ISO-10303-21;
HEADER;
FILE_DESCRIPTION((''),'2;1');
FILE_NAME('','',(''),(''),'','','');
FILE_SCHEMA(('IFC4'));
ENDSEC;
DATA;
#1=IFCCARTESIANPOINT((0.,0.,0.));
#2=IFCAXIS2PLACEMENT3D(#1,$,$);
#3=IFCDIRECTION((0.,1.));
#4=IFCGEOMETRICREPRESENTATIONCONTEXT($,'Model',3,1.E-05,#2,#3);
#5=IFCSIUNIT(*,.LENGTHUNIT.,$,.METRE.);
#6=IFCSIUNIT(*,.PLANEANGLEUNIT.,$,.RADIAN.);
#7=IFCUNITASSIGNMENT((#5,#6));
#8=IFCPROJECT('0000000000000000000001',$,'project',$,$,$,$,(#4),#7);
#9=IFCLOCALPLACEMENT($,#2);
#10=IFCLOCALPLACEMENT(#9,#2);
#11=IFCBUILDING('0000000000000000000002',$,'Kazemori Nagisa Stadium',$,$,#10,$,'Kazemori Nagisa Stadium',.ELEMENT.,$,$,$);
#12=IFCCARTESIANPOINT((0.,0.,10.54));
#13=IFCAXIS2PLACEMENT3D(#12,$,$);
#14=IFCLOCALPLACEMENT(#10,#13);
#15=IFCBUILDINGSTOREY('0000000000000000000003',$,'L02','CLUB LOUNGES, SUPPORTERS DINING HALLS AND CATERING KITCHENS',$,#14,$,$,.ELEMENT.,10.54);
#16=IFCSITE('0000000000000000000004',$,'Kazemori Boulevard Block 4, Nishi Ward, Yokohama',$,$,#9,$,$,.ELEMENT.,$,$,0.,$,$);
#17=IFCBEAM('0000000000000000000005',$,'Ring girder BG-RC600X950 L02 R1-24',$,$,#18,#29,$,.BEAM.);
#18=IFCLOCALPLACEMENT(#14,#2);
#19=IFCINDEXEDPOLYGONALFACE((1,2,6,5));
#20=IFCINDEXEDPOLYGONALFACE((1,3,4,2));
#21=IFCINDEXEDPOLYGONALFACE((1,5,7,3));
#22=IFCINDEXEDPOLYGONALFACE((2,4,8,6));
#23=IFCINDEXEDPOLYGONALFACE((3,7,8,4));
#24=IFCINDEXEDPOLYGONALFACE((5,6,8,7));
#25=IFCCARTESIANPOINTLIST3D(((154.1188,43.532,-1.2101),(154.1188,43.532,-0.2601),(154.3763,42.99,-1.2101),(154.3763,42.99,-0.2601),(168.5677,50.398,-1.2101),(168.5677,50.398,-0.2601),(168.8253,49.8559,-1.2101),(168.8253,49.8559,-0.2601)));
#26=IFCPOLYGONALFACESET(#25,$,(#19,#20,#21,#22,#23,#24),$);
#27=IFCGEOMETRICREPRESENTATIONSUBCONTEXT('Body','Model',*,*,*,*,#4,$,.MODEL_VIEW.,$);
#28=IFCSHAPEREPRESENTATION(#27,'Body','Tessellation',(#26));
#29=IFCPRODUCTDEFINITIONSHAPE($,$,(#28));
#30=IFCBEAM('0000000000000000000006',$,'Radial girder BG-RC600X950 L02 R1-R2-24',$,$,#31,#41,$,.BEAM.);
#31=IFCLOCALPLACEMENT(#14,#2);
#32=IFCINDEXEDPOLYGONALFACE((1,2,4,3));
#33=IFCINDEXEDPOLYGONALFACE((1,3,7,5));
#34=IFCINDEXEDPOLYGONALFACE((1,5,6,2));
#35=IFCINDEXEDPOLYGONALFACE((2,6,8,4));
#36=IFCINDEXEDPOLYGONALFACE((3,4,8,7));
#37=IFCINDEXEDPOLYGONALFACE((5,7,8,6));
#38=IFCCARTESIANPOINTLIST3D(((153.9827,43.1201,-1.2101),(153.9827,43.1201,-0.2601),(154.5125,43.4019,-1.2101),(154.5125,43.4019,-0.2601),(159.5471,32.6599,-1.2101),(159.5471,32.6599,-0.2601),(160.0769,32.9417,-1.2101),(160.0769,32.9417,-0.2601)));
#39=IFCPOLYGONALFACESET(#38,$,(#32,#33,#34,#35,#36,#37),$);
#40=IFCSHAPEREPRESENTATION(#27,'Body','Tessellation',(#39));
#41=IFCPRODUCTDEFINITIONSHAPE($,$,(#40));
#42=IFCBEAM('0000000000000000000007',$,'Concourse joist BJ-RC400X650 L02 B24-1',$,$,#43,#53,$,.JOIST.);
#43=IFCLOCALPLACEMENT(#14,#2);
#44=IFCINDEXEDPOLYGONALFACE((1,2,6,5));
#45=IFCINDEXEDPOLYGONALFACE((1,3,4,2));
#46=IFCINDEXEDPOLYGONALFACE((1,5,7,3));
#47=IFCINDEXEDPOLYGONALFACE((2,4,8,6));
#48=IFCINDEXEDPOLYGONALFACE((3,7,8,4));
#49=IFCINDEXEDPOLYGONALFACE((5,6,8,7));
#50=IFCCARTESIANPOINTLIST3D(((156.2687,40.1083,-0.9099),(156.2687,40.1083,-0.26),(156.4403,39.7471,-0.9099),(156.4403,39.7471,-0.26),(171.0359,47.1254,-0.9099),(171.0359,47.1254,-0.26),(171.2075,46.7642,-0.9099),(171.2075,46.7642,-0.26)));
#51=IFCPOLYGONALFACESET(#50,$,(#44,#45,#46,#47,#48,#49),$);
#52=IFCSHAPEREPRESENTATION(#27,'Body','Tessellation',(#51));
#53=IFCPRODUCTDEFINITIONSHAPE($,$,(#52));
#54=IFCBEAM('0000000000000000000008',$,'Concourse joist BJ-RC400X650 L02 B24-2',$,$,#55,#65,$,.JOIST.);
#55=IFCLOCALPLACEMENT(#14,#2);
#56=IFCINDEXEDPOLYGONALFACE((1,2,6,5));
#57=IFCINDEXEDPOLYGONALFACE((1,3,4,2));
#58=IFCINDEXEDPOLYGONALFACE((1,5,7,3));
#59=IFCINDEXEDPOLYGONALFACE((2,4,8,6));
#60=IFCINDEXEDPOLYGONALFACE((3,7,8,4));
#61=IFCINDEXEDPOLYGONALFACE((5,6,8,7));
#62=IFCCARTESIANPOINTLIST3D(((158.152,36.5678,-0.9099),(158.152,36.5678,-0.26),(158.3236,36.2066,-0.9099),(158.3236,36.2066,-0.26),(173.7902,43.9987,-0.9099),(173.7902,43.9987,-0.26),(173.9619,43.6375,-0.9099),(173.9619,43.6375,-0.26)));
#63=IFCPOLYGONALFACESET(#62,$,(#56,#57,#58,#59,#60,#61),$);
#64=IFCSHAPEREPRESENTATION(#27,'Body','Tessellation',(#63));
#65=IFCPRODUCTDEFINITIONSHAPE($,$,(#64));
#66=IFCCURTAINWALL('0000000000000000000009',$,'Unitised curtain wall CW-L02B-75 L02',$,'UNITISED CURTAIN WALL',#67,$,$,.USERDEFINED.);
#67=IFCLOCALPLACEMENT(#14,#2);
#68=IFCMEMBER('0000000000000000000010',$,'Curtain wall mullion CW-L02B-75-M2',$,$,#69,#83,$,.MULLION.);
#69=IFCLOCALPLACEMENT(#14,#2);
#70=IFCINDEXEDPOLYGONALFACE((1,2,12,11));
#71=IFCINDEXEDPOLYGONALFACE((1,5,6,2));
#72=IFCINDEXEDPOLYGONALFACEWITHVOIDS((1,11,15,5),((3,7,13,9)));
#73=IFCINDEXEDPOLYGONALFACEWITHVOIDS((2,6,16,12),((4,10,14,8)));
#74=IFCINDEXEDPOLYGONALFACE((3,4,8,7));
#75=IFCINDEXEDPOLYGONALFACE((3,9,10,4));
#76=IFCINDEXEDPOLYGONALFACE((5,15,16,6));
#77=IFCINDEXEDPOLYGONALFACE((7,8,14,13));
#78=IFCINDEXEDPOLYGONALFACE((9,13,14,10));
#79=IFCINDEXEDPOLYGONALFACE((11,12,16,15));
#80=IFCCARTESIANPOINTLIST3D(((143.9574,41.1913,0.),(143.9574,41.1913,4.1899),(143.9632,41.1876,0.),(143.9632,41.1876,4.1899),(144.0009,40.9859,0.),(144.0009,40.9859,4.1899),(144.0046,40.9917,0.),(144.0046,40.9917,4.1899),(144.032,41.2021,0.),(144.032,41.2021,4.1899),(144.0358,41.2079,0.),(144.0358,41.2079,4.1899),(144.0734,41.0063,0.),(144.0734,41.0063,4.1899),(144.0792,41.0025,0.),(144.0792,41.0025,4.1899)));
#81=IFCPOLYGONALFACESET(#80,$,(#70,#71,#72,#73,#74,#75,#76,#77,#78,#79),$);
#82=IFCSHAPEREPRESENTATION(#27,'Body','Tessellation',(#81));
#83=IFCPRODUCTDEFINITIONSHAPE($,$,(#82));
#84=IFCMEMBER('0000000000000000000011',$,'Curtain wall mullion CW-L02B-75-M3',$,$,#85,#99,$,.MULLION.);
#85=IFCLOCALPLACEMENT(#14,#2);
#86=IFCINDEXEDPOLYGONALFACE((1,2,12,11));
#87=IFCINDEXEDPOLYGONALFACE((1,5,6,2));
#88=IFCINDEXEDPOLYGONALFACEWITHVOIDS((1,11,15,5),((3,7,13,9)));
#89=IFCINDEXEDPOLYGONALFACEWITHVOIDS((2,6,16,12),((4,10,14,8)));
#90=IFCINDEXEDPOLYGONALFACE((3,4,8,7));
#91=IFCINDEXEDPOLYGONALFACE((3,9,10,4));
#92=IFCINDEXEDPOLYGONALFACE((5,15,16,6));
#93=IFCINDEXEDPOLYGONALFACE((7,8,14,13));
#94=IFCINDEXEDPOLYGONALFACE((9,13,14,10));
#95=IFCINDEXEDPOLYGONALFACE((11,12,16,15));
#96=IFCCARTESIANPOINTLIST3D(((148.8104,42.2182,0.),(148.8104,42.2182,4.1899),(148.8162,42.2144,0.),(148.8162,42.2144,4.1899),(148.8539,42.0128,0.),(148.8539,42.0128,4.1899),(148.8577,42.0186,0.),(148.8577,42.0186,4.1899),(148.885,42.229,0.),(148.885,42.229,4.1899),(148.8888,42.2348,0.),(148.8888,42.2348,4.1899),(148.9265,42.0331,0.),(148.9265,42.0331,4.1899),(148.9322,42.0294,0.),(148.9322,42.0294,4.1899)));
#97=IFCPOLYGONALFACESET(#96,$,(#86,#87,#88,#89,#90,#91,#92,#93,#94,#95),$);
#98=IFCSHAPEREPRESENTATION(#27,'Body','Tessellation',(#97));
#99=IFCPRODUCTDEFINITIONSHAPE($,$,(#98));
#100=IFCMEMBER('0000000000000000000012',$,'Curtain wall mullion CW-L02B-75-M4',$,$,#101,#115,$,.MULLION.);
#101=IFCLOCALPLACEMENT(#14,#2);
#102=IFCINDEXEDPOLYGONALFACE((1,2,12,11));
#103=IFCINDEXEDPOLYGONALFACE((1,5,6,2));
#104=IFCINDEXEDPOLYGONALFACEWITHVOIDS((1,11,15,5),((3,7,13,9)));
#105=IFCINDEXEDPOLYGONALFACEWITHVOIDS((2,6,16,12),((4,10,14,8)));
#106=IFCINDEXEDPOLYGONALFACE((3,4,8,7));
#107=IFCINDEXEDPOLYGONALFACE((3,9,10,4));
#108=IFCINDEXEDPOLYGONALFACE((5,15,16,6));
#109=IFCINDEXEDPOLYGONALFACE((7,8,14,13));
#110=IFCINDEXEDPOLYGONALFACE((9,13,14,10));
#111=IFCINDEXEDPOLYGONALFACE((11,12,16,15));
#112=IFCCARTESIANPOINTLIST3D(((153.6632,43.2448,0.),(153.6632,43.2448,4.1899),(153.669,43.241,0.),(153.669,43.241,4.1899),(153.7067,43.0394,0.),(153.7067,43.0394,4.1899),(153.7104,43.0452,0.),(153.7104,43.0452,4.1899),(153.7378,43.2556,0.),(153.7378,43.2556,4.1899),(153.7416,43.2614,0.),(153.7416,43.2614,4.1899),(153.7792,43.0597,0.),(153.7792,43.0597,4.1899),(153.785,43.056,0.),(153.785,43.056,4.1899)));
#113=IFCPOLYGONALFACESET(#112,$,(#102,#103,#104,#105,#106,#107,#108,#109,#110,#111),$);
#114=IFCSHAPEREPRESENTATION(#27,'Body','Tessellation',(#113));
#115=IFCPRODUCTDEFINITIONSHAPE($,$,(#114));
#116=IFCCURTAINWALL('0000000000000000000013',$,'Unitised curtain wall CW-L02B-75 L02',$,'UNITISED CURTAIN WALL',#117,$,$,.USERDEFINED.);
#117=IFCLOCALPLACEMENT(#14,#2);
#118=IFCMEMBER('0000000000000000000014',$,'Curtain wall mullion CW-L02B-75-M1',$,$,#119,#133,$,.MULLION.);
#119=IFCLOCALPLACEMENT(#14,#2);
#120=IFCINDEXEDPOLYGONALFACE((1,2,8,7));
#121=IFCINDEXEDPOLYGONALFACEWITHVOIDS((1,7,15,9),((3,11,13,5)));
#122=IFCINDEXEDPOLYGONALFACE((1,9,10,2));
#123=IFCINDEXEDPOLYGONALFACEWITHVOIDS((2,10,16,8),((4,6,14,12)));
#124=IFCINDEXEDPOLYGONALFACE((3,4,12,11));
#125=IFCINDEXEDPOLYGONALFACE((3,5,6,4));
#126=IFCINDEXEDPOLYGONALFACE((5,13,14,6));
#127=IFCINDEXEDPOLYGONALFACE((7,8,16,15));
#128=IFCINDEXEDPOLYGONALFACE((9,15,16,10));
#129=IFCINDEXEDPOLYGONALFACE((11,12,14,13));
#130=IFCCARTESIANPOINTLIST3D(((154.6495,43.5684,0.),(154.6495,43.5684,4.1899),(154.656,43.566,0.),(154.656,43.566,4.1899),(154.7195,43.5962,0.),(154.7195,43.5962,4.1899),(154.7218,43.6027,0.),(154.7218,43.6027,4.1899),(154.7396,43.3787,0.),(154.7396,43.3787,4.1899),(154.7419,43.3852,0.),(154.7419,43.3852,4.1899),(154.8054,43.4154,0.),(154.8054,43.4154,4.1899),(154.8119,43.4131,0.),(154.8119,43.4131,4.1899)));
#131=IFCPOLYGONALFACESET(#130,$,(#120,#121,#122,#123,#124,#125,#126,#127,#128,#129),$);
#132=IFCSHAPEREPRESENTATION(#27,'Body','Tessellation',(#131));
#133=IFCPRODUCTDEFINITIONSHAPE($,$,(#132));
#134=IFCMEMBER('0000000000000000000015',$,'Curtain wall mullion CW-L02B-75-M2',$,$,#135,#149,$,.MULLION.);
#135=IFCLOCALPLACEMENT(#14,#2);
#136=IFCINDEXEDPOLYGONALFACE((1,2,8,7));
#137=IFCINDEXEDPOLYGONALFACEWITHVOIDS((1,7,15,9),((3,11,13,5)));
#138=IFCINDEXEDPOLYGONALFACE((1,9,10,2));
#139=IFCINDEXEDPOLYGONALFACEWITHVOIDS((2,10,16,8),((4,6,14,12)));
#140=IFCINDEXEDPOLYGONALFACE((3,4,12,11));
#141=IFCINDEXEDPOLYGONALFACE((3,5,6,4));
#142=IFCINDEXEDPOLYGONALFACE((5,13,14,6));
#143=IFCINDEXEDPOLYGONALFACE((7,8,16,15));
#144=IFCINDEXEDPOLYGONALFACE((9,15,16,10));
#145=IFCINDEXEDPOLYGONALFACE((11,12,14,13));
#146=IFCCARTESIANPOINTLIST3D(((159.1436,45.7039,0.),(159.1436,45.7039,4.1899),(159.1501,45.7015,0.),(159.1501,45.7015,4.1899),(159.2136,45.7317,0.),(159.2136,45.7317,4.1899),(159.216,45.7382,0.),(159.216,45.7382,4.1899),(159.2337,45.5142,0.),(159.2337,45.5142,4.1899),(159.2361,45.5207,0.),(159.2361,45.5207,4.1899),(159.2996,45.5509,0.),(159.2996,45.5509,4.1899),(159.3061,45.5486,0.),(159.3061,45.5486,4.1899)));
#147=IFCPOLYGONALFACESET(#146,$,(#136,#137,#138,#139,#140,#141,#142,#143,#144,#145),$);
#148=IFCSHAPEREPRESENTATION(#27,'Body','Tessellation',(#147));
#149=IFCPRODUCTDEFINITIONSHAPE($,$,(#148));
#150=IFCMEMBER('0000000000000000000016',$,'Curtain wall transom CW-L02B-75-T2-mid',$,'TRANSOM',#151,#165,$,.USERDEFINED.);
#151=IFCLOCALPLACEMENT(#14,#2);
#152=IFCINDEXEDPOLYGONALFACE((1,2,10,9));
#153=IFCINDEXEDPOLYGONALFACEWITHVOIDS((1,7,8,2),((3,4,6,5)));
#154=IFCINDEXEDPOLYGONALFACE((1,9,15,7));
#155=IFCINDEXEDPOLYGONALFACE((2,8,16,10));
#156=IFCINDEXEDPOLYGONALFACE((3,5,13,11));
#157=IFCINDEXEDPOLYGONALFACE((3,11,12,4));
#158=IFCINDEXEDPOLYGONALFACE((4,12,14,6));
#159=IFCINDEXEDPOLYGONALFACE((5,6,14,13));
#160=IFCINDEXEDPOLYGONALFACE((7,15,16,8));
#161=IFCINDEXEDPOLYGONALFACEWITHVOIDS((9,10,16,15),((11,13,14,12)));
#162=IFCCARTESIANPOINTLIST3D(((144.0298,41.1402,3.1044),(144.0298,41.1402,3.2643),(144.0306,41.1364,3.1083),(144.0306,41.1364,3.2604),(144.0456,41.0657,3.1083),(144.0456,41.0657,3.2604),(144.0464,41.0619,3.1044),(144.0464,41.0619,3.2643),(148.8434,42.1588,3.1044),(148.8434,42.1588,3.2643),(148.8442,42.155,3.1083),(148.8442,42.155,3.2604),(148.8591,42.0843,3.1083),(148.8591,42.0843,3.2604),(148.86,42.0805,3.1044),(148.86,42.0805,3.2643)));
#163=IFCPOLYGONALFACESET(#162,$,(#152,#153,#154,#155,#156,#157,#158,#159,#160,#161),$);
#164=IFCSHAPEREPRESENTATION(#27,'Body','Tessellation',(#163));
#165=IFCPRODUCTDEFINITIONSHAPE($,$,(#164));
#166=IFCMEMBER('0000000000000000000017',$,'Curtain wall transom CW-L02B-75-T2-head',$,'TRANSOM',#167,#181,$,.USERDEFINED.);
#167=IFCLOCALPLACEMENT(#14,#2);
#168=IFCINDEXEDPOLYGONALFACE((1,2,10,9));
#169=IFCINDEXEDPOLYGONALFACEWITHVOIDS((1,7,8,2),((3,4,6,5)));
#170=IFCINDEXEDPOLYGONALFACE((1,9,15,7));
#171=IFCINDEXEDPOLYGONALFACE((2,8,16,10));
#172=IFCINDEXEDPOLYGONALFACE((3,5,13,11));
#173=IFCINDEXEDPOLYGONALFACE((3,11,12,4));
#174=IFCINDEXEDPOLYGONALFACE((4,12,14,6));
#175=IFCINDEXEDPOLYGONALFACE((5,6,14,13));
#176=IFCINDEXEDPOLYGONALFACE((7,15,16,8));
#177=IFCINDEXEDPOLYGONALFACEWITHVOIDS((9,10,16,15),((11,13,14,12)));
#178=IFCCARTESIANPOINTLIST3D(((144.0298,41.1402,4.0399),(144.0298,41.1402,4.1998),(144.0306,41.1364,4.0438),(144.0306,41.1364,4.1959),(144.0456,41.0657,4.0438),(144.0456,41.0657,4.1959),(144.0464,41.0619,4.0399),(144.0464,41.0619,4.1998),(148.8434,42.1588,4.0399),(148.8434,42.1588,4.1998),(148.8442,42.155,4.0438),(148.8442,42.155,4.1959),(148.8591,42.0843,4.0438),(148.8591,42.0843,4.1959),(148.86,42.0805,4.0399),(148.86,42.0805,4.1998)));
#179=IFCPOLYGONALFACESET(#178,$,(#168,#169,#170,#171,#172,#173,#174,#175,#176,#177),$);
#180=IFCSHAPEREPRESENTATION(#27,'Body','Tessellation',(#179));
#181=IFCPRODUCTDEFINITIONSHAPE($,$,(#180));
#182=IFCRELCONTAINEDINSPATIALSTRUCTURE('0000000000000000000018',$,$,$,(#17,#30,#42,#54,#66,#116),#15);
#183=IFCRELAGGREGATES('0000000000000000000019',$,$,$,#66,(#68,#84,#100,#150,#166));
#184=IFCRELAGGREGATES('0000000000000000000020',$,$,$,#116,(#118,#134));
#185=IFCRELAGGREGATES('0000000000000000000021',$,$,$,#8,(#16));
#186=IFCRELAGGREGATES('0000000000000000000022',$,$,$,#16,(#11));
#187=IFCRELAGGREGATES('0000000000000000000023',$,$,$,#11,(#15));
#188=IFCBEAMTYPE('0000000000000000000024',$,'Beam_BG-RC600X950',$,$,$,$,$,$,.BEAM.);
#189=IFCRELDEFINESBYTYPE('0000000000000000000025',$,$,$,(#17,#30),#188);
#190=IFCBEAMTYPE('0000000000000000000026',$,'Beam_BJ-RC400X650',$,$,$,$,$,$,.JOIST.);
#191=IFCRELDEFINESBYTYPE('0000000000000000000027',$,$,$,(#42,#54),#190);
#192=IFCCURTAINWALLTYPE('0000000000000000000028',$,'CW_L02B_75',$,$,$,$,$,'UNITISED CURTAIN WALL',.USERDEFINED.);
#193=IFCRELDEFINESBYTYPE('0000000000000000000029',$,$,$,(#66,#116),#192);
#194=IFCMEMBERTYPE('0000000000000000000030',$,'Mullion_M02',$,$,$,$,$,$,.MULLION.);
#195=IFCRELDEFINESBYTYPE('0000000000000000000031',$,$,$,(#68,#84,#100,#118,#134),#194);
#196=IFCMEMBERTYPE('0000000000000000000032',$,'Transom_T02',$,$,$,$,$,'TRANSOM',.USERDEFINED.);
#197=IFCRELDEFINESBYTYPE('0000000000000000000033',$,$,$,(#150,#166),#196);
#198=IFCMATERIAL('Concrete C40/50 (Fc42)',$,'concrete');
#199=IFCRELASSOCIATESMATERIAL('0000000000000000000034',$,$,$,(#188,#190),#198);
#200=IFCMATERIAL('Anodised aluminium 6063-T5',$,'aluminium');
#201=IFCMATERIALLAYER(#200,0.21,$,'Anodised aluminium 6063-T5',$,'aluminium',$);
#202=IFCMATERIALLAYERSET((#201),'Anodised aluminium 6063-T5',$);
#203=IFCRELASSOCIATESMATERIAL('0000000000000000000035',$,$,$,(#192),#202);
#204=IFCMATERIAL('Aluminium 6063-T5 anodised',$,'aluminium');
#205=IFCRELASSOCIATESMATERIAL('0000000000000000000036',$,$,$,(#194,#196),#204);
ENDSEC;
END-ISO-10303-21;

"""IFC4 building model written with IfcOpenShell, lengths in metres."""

from ifc_helpers import new_model, si_unit, direction, frame, origin, origin_2d, place, context, subcontext, project, spatial, rectangle, hollow_rectangle, extrude, material, layer, layer_set, material_profile, profile_set, type_object, element, aggregate, save


model = new_model("IFC4")

# Units and contexts
model_context = context("Model", 3, precision=1e-05, world=origin(), true_north=direction((0.0, 1.0)))
body_context = subcontext(model_context, "Body", "Model", "MODEL_VIEW")
ifc_project = project(units=[si_unit("LENGTHUNIT", "METRE"), si_unit("PLANEANGLEUNIT", "RADIAN")], contexts=[model_context])

# Site, building, storey
site_placement = place(None, origin())
site = spatial("IfcSite", under=ifc_project, at=site_placement, Name="Kazemori Boulevard Block 4, Nishi Ward, Yokohama", CompositionType="ELEMENT", RefElevation=0.0)
building_placement = place(site_placement, origin())
building = spatial("IfcBuilding", under=site, at=building_placement, Name="Kazemori Nagisa Stadium", LongName="Kazemori Nagisa Stadium", CompositionType="ELEMENT")
storey_placement = place(building_placement, frame((0.0, 0.0, 10.54)))
storey = spatial("IfcBuildingStorey", under=building, at=storey_placement, Name="L02", Description="CLUB LOUNGES, SUPPORTERS DINING HALLS AND CATERING KITCHENS", CompositionType="ELEMENT", Elevation=10.54)

# Shared definitions
ifc_material_1 = material(Name="Concrete C40/50 (Fc42)", Category="concrete")

# Beams
ifc_material_profile_1 = material_profile(ifc_material_1, rectangle(XDim=0.6001, YDim=0.95, at=origin_2d()), Name="RC-BM-600x950")
ifc_profile_set_1 = profile_set([ifc_material_profile_1], Name="Concrete C40/50 (Fc42)")
beam_type_1 = type_object("IfcBeamType", Name="Beam_BG-RC600X950", PredefinedType="BEAM", material=ifc_profile_set_1)
beam_1_placement = place(storey_placement, frame((154.2476, 43.261, -0.7351), z_axis=(0.903212, 0.429195, 0.0), x_axis=(-0.429195, 0.903212, 0.0)))
element("IfcBeam", 1, at=beam_1_placement, inside=storey, type_object=beam_type_1, Name="Ring girder BG-RC600X950 L02 R1-24", PredefinedType="BEAM", context=body_context, shape_type="SweptSolid", body=[
    extrude(rectangle(XDim=0.6001, YDim=0.95, at=origin_2d()), origin(), (0.0, 0.0, 1.0), 15.9973),
])
beam_2_placement = place(storey_placement, frame((154.2476, 43.261, -0.7351), z_axis=(0.469647, -0.882854, 0.0), x_axis=(0.882854, 0.469647, 0.0)))
element("IfcBeam", 2, at=beam_2_placement, inside=storey, type_object=beam_type_1, Name="Radial girder BG-RC600X950 L02 R1-R2-24", PredefinedType="BEAM", context=body_context, shape_type="SweptSolid", body=[
    extrude(rectangle(XDim=0.6001, YDim=0.95, at=origin_2d()), origin(), (0.0, 0.0, 1.0), 11.8481),
])
ifc_material_profile_2 = material_profile(ifc_material_1, rectangle(XDim=0.3999, YDim=0.6499, at=origin_2d()), Name="RC-BM-400x650")
ifc_profile_set_2 = profile_set([ifc_material_profile_2], Name="Concrete C40/50 (Fc42)")
beam_type_2 = type_object("IfcBeamType", Name="Beam_BJ-RC400X650", PredefinedType="JOIST", material=ifc_profile_set_2)
beam_3_placement = place(storey_placement, frame((156.3545, 39.9277, -0.585), z_axis=(0.903216, 0.429187, 0.0), x_axis=(-0.429187, 0.903216, 0.0)))
element("IfcBeam", 3, at=beam_3_placement, inside=storey, type_object=beam_type_2, Name="Concourse joist BJ-RC400X650 L02 B24-1", PredefinedType="JOIST", context=body_context, shape_type="SweptSolid", body=[
    extrude(rectangle(XDim=0.3999, YDim=0.6499, at=origin_2d()), origin(), (0.0, 0.0, 1.0), 16.3496),
])
beam_4_placement = place(storey_placement, frame((158.2378, 36.3872, -0.585), z_axis=(0.903215, 0.429187, 0.0), x_axis=(-0.429187, 0.903215, 0.0)))
element("IfcBeam", 4, at=beam_4_placement, inside=storey, type_object=beam_type_2, Name="Concourse joist BJ-RC400X650 L02 B24-2", PredefinedType="JOIST", context=body_context, shape_type="SweptSolid", body=[
    extrude(rectangle(XDim=0.3999, YDim=0.6499, at=origin_2d()), origin(), (0.0, 0.0, 1.0), 17.314),
])

# Curtain walls, members
ifc_material_2 = material(Name="Anodised aluminium 6063-T5", Category="aluminium")
ifc_layer_1 = layer(ifc_material_2, 0.21, Name="Anodised aluminium 6063-T5", Category="aluminium")
ifc_layer_set_1 = layer_set([ifc_layer_1], Name="Anodised aluminium 6063-T5")
curtain_wall_type = type_object("IfcCurtainWallType", Name="CW_L02B_75", ElementType="UNITISED CURTAIN WALL", PredefinedType="USERDEFINED", material=ifc_layer_set_1)
curtain_wall_1_placement = place(storey_placement, origin())
curtain_wall_1 = element("IfcCurtainWall", 5, at=curtain_wall_1_placement, inside=storey, type_object=curtain_wall_type, Name="Unitised curtain wall CW-L02B-75 L02", ObjectType="UNITISED CURTAIN WALL", PredefinedType="USERDEFINED")
ifc_material_3 = material(Name="Aluminium 6063-T5 anodised", Category="aluminium")
ifc_material_profile_3 = material_profile(ifc_material_3, hollow_rectangle(XDim=0.0801, YDim=0.21, WallThickness=0.0049, at=origin_2d()), Name="ALU-MULL-80x210x5")
ifc_profile_set_3 = profile_set([ifc_material_profile_3], Name="Aluminium 6063-T5 anodised")
member_type_1 = type_object("IfcMemberType", Name="Mullion_M02", PredefinedType="MULLION", material=ifc_profile_set_3)
member_1_placement = place(storey_placement, frame((144.0183, 41.0969, 0.0), z_axis=(0.0, 0.0, 1.0), x_axis=(0.978345, 0.206981, 0.0)))
member_1 = element("IfcMember", 6, at=member_1_placement, type_object=member_type_1, Name="Curtain wall mullion CW-L02B-75-M2", PredefinedType="MULLION", context=body_context, shape_type="SweptSolid", body=[
    extrude(hollow_rectangle(XDim=0.0801, YDim=0.21, WallThickness=0.0049, at=origin_2d()), origin(), (0.0, 0.0, 1.0), 4.1899),
])
member_2_placement = place(storey_placement, frame((148.8713, 42.1238, 0.0), z_axis=(0.0, 0.0, 1.0), x_axis=(0.978345, 0.206981, 0.0)))
member_2 = element("IfcMember", 7, at=member_2_placement, type_object=member_type_1, Name="Curtain wall mullion CW-L02B-75-M3", PredefinedType="MULLION", context=body_context, shape_type="SweptSolid", body=[
    extrude(hollow_rectangle(XDim=0.0801, YDim=0.21, WallThickness=0.0049, at=origin_2d()), origin(), (0.0, 0.0, 1.0), 4.1899),
])
member_3_placement = place(storey_placement, frame((153.7241, 43.1504, 0.0), z_axis=(0.0, 0.0, 1.0), x_axis=(0.978345, 0.206981, 0.0)))
member_3 = element("IfcMember", 8, at=member_3_placement, type_object=member_type_1, Name="Curtain wall mullion CW-L02B-75-M4", PredefinedType="MULLION", context=body_context, shape_type="SweptSolid", body=[
    extrude(hollow_rectangle(XDim=0.0801, YDim=0.21, WallThickness=0.0049, at=origin_2d()), origin(), (0.0, 0.0, 1.0), 4.1899),
])
curtain_wall_2_placement = place(storey_placement, origin())
curtain_wall_2 = element("IfcCurtainWall", 9, at=curtain_wall_2_placement, inside=storey, type_object=curtain_wall_type, Name="Unitised curtain wall CW-L02B-75 L02", ObjectType="UNITISED CURTAIN WALL", PredefinedType="USERDEFINED")
member_4_placement = place(storey_placement, frame((154.7307, 43.4907, 0.0), z_axis=(0.0, 0.0, 1.0), x_axis=(0.903216, 0.429186, 0.0)))
member_4 = element("IfcMember", 10, at=member_4_placement, type_object=member_type_1, Name="Curtain wall mullion CW-L02B-75-M1", PredefinedType="MULLION", context=body_context, shape_type="SweptSolid", body=[
    extrude(hollow_rectangle(XDim=0.0801, YDim=0.21, WallThickness=0.0049, at=origin_2d()), origin(), (0.0, 0.0, 1.0), 4.1899),
])
member_5_placement = place(storey_placement, frame((159.2249, 45.6262, 0.0), z_axis=(0.0, 0.0, 1.0), x_axis=(0.903216, 0.429186, 0.0)))
member_5 = element("IfcMember", 11, at=member_5_placement, type_object=member_type_1, Name="Curtain wall mullion CW-L02B-75-M2", PredefinedType="MULLION", context=body_context, shape_type="SweptSolid", body=[
    extrude(hollow_rectangle(XDim=0.0801, YDim=0.21, WallThickness=0.0049, at=origin_2d()), origin(), (0.0, 0.0, 1.0), 4.1899),
])

# Members
ifc_material_profile_4 = material_profile(ifc_material_3, hollow_rectangle(XDim=0.0801, YDim=0.1599, WallThickness=0.0039, at=origin_2d()), Name="ALU-TRAN-80x160x4")
ifc_profile_set_4 = profile_set([ifc_material_profile_4], Name="Aluminium 6063-T5 anodised")
member_type_2 = type_object("IfcMemberType", Name="Transom_T02", ElementType="TRANSOM", PredefinedType="USERDEFINED", material=ifc_profile_set_4)
member_6_placement = place(storey_placement, frame((144.0381, 41.1011, 3.1843), z_axis=(0.978337, 0.207021, 0.0), x_axis=(-0.207021, 0.978337, 0.0)))
member_6 = element("IfcMember", 12, at=member_6_placement, type_object=member_type_2, Name="Curtain wall transom CW-L02B-75-T2-mid", ObjectType="TRANSOM", PredefinedType="USERDEFINED", context=body_context, shape_type="SweptSolid", body=[
    extrude(hollow_rectangle(XDim=0.0801, YDim=0.1599, WallThickness=0.0039, at=origin_2d()), origin(), (0.0, 0.0, 1.0), 4.9202),
])
member_7_placement = place(storey_placement, frame((144.0381, 41.1011, 4.1199), z_axis=(0.978337, 0.207021, 0.0), x_axis=(-0.207021, 0.978337, 0.0)))
member_7 = element("IfcMember", 13, at=member_7_placement, type_object=member_type_2, Name="Curtain wall transom CW-L02B-75-T2-head", ObjectType="TRANSOM", PredefinedType="USERDEFINED", context=body_context, shape_type="SweptSolid", body=[
    extrude(hollow_rectangle(XDim=0.0801, YDim=0.1599, WallThickness=0.0039, at=origin_2d()), origin(), (0.0, 0.0, 1.0), 4.9202),
])

aggregate(curtain_wall_1, [member_1, member_2, member_3, member_6, member_7])
aggregate(curtain_wall_2, [member_4, member_5])

save(model, "model.ifc")
